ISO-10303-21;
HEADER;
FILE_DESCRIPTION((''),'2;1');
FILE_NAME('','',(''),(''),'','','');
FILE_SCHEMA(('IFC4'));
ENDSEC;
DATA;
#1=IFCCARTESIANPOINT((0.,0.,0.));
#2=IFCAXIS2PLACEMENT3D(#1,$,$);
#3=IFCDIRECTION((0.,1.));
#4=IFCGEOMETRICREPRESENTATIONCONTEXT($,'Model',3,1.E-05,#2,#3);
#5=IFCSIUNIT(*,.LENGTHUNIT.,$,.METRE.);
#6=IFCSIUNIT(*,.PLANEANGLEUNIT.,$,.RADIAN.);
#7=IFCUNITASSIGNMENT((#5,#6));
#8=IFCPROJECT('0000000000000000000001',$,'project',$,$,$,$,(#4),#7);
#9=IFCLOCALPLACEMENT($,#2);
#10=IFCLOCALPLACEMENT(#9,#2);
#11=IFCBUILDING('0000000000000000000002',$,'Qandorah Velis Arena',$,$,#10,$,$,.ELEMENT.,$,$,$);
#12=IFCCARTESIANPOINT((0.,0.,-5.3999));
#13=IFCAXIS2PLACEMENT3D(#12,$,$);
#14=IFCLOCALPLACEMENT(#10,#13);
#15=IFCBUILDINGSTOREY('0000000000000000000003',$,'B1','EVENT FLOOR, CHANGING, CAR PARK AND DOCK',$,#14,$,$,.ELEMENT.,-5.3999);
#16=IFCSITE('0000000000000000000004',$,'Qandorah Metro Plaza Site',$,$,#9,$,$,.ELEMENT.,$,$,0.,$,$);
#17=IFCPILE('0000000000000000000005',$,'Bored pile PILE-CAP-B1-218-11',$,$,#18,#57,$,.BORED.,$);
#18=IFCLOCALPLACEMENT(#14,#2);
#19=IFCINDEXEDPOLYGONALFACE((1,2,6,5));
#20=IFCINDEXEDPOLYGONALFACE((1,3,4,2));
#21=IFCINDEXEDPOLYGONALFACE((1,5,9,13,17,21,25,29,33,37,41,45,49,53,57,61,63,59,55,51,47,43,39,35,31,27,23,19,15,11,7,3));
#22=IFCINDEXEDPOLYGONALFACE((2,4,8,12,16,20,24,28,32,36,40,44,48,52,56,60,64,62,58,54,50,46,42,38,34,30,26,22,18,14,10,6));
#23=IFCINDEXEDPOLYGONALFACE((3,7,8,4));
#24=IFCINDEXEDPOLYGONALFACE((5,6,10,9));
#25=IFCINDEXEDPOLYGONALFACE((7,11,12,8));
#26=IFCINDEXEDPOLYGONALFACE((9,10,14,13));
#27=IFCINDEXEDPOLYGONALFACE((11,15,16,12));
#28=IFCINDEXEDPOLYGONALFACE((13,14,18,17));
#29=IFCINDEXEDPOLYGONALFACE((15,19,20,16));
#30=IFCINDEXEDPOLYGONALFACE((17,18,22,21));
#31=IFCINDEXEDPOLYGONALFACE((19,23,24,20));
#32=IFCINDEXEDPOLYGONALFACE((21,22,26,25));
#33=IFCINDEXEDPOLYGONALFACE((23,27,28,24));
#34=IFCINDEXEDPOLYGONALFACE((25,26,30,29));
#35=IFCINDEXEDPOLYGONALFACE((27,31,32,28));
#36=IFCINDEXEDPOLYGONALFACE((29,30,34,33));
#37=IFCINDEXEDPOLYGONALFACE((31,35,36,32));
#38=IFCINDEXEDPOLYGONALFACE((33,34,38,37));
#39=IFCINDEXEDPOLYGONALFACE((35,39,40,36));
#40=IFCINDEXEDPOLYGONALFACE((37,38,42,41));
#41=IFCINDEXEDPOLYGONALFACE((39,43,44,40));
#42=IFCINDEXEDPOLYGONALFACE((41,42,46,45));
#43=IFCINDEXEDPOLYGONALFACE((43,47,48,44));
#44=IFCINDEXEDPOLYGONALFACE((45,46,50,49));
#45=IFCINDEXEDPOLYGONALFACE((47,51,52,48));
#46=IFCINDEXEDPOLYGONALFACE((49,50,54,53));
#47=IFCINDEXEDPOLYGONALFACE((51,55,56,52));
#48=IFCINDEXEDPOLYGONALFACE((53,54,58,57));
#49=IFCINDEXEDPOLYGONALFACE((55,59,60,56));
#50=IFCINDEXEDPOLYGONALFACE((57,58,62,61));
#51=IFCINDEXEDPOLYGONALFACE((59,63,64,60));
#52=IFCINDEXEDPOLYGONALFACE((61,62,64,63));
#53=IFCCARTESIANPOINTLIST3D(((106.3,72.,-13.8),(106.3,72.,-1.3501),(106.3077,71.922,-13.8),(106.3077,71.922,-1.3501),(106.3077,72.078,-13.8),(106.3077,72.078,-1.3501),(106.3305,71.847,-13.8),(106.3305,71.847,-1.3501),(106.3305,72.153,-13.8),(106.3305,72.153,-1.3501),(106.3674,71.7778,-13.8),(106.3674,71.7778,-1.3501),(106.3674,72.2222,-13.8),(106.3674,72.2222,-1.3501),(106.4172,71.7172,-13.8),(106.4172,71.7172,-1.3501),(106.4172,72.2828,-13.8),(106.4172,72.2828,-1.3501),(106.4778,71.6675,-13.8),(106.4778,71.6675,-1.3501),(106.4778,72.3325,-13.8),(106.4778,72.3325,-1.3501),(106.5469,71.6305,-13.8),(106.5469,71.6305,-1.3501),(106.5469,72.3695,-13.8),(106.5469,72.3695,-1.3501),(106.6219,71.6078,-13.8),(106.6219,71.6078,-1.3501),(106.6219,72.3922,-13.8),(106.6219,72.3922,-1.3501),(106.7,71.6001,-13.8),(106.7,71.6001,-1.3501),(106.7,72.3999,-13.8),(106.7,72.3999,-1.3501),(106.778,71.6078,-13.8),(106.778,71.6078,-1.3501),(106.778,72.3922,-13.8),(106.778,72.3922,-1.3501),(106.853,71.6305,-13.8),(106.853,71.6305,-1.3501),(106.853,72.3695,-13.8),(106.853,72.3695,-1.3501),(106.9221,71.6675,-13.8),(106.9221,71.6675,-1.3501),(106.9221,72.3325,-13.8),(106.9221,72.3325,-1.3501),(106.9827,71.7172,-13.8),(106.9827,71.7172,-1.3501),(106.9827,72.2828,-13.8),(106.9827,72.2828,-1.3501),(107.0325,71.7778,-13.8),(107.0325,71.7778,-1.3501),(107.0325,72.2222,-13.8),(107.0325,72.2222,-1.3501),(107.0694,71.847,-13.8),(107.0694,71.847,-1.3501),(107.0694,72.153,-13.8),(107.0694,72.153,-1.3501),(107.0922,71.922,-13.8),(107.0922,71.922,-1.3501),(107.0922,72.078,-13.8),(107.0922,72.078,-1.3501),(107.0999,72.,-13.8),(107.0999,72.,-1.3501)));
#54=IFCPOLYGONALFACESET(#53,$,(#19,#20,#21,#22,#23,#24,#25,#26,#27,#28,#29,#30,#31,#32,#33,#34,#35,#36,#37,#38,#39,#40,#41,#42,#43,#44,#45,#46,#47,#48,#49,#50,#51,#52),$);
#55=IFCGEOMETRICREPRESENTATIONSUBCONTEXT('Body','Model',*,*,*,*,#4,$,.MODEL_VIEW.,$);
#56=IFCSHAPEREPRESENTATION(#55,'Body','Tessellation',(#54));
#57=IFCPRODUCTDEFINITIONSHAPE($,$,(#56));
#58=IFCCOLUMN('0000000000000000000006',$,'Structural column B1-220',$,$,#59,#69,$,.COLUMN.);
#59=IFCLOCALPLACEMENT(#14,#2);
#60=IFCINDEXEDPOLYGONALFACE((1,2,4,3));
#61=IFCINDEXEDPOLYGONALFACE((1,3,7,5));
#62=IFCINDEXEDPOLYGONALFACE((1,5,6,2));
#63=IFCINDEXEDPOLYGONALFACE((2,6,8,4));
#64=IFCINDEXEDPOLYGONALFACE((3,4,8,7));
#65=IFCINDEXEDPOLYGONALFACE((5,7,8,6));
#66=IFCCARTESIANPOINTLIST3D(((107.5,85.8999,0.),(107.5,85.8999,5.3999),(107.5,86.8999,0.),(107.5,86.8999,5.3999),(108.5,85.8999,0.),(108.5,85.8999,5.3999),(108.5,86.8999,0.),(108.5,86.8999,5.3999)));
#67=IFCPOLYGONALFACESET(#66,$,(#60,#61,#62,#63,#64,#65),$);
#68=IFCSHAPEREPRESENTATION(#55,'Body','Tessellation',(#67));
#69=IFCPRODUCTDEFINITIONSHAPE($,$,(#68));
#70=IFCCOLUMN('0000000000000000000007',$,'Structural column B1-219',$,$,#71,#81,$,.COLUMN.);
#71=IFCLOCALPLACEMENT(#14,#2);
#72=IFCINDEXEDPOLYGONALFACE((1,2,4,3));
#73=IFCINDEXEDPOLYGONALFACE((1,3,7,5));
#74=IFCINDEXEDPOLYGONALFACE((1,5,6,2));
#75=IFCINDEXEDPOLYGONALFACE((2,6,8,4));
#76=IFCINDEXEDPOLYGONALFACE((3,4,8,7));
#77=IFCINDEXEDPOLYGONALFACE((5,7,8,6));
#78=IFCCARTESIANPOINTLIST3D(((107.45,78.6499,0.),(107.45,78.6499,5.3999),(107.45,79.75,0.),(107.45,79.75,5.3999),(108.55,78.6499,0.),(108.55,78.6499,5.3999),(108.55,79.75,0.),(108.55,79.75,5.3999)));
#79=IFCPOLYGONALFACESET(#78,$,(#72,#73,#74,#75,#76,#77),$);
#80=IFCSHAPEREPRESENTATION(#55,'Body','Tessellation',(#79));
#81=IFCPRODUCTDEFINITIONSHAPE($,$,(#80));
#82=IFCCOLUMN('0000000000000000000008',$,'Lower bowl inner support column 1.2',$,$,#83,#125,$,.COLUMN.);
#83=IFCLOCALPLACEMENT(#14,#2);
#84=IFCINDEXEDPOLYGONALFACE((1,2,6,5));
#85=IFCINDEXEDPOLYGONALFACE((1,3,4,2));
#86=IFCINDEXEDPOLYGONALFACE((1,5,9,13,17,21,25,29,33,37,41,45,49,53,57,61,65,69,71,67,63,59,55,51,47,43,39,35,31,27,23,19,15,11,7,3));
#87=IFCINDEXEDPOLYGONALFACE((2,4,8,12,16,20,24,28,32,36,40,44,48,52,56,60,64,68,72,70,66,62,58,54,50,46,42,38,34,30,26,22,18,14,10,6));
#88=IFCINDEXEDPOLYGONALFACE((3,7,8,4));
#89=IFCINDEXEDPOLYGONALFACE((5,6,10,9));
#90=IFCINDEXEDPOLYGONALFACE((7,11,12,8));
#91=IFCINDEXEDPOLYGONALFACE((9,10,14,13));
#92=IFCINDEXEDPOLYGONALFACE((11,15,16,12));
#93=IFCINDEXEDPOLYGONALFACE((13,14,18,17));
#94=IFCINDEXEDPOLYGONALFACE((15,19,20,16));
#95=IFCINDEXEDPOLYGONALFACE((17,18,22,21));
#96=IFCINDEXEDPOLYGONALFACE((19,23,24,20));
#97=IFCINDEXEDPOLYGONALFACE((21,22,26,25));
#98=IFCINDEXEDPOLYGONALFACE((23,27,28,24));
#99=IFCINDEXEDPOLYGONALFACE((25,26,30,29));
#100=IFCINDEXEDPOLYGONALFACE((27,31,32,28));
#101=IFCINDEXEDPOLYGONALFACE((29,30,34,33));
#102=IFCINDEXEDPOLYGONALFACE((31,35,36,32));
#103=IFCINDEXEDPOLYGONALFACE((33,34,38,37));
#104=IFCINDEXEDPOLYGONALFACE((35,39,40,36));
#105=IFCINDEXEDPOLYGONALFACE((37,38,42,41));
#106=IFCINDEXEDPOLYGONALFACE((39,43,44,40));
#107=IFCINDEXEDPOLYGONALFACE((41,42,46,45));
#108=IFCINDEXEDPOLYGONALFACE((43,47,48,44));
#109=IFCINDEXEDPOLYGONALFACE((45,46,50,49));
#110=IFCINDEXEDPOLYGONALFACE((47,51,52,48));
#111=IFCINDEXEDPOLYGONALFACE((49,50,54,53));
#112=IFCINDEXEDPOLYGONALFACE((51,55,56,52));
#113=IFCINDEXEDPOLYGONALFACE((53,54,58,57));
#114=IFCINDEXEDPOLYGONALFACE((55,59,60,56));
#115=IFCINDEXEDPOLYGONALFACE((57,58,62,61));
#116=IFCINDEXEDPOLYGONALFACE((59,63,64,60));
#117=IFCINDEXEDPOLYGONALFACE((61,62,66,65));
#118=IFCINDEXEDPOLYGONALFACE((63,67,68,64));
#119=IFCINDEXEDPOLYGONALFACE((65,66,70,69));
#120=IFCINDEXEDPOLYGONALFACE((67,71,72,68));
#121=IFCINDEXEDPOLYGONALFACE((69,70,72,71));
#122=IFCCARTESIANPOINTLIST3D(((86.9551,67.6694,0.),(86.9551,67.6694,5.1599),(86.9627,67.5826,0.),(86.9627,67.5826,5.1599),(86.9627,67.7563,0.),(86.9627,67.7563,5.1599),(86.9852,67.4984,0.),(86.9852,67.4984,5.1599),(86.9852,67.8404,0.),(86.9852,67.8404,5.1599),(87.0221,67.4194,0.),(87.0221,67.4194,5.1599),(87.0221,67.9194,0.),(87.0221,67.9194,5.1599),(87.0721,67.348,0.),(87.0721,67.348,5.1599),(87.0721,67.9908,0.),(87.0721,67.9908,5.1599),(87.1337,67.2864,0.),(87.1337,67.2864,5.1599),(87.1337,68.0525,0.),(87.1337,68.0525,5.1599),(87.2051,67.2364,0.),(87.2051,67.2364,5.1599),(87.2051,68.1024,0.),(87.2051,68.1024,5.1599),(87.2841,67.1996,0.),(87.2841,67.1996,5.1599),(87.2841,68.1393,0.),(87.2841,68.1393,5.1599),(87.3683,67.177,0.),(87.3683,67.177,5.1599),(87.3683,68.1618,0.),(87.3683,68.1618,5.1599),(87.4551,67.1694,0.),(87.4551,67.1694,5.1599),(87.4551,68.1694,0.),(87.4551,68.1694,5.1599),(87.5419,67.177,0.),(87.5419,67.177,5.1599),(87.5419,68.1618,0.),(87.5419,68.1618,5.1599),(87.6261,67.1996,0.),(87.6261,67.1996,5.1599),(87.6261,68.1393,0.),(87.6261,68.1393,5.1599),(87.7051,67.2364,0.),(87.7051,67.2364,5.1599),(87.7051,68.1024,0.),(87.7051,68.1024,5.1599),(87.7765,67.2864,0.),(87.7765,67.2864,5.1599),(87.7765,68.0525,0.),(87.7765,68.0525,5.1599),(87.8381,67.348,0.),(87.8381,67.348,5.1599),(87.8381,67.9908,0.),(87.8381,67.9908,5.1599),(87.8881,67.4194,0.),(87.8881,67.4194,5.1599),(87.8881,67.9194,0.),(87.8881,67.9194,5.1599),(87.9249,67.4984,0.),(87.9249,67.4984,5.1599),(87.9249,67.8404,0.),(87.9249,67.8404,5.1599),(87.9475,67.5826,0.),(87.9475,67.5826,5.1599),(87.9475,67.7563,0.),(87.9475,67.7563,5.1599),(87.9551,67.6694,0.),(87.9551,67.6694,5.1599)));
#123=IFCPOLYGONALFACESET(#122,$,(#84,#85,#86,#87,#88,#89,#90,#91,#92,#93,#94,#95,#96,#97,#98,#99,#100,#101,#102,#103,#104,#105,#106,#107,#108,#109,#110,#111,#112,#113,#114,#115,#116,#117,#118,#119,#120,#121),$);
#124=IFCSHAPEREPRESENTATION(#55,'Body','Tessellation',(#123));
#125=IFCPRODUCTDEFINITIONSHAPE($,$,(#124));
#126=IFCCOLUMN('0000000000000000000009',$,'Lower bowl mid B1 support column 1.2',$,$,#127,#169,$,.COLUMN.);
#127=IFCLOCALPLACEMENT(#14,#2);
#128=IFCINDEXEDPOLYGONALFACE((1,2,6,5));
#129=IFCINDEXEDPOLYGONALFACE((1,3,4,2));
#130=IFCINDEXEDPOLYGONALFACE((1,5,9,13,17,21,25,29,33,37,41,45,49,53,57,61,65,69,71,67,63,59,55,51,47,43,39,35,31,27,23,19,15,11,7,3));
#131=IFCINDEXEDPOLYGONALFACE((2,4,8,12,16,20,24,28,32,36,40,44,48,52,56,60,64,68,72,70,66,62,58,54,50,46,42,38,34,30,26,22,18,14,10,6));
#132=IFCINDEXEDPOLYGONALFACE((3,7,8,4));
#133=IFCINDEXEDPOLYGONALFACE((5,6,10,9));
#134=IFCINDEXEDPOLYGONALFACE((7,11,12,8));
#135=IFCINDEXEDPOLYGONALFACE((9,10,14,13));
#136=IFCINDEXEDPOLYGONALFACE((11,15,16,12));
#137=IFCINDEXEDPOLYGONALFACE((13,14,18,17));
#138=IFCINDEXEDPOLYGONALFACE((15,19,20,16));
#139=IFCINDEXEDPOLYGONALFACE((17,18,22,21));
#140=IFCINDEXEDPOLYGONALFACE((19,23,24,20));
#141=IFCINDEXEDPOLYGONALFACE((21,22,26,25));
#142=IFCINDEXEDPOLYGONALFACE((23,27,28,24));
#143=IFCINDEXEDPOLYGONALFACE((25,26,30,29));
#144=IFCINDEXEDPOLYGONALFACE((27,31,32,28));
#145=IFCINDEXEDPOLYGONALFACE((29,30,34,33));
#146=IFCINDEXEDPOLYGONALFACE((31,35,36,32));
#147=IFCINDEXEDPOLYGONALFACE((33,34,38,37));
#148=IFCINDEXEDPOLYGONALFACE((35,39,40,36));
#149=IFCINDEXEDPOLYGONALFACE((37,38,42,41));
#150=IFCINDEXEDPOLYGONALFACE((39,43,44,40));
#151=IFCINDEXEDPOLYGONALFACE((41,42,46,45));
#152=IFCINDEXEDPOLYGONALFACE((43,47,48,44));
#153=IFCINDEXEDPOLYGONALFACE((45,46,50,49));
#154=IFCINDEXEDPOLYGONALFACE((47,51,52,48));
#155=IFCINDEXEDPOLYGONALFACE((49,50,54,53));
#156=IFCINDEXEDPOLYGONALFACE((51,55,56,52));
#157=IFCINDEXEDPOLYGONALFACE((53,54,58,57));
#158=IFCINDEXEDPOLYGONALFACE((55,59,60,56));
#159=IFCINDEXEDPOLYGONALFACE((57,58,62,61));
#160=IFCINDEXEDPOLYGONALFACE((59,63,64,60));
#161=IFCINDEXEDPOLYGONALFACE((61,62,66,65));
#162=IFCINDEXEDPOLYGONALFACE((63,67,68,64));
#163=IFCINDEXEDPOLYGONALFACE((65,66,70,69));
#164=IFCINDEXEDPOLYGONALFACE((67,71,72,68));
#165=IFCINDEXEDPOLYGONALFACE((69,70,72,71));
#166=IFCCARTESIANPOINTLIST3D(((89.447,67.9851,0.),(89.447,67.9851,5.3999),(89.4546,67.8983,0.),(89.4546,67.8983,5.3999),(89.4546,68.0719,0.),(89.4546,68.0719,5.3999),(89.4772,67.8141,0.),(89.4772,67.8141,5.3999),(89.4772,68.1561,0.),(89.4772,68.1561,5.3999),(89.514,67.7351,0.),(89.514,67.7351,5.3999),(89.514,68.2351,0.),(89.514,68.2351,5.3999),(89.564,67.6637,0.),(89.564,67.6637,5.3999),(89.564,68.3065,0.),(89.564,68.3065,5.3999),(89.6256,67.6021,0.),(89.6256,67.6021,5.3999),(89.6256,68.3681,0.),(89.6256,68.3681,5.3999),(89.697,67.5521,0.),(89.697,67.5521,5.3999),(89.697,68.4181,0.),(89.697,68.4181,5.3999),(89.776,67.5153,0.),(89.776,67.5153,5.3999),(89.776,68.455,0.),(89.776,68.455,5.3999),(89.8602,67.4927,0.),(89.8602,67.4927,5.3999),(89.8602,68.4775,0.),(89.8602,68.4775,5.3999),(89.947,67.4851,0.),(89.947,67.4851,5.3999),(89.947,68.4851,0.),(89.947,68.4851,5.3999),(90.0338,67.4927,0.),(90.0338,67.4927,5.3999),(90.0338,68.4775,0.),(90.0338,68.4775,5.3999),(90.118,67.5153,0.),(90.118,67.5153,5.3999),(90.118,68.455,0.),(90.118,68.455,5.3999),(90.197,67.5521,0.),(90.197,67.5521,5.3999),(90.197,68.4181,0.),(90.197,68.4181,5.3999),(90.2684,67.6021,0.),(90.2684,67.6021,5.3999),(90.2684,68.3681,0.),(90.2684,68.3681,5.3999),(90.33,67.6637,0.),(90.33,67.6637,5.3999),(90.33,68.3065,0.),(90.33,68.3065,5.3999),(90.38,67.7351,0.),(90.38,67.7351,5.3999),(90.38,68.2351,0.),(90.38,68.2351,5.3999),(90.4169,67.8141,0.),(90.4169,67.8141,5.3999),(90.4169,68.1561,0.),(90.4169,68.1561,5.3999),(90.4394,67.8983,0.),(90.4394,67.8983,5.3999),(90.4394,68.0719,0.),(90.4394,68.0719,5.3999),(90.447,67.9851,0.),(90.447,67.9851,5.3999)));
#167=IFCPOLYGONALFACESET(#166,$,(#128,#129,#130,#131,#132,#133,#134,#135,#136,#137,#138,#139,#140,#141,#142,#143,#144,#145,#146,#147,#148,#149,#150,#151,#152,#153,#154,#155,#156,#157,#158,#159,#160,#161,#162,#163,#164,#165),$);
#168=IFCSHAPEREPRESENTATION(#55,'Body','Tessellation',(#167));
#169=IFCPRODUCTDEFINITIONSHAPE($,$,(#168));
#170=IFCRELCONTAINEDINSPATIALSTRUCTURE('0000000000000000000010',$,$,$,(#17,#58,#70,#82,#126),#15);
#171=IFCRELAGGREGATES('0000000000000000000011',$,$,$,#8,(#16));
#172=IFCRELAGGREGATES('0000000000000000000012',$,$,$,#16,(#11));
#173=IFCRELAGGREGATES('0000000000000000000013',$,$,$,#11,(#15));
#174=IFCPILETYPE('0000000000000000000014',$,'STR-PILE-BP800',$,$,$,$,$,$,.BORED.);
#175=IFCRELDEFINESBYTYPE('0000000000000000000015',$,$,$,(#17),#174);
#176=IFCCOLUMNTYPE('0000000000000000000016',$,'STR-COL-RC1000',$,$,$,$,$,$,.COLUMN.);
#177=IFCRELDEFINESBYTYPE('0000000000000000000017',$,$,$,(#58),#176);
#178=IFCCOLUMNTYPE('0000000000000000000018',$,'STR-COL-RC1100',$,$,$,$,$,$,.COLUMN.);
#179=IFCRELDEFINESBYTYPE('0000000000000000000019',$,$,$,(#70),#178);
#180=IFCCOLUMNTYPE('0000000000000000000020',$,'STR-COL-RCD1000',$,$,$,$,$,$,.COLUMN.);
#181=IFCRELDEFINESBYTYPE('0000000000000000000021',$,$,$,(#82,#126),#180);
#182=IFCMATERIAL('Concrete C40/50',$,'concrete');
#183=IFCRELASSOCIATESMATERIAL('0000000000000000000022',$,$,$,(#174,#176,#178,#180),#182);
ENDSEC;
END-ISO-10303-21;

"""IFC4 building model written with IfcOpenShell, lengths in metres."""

from ifc_helpers import new_model, si_unit, direction, frame, origin, origin_2d, place, context, subcontext, project, spatial, rectangle, circle, extrude, material, material_profile, profile_set, type_object, element, save


model = new_model("IFC4")

# Units and contexts
model_context = context("Model", 3, precision=1e-05, world=origin(), true_north=direction((0.0, 1.0)))
body_context = subcontext(model_context, "Body", "Model", "MODEL_VIEW")
ifc_project = project(units=[si_unit("LENGTHUNIT", "METRE"), si_unit("PLANEANGLEUNIT", "RADIAN")], contexts=[model_context])

# Site, building, storey
site_placement = place(None, origin())
site = spatial("IfcSite", under=ifc_project, at=site_placement, Name="Qandorah Metro Plaza Site", CompositionType="ELEMENT", RefElevation=0.0)
building_placement = place(site_placement, origin())
building = spatial("IfcBuilding", under=site, at=building_placement, Name="Qandorah Velis Arena", CompositionType="ELEMENT")
storey_placement = place(building_placement, frame((0.0, 0.0, -5.3999)))
storey = spatial("IfcBuildingStorey", under=building, at=storey_placement, Name="B1", Description="EVENT FLOOR, CHANGING, CAR PARK AND DOCK", CompositionType="ELEMENT", Elevation=-5.3999)

# Shared definitions
ifc_material = material(Name="Concrete C40/50", Category="concrete")

# Pile
ifc_material_profile_1 = material_profile(ifc_material, circle(Radius=0.3999, at=origin_2d()), Name="BORED PILE D800")
ifc_profile_set_1 = profile_set([ifc_material_profile_1], Name="Concrete C40/50")
pile_type_1 = type_object("IfcPileType", Name="STR-PILE-BP800", PredefinedType="BORED", material=ifc_profile_set_1)
pile_1_placement = place(storey_placement, frame((106.7, 72.0, -1.3501), z_axis=(0.0, 0.0, -1.0), x_axis=(1.0, 0.0, 0.0)))
element("IfcPile", 1, at=pile_1_placement, inside=storey, type_object=pile_type_1, Name="Bored pile PILE-CAP-B1-218-11", PredefinedType="BORED", context=body_context, shape_type="SweptSolid", body=[
    extrude(circle(Radius=0.3999, at=origin_2d()), origin(), (0.0, 0.0, 1.0), 12.45),
])

# Columns
ifc_material_profile_2 = material_profile(ifc_material, rectangle(XDim=1.0, YDim=1.0, at=origin_2d()), Name="RC COL 1000x1000")
ifc_profile_set_2 = profile_set([ifc_material_profile_2], Name="Concrete C40/50")
column_type_1 = type_object("IfcColumnType", Name="STR-COL-RC1000", PredefinedType="COLUMN", material=ifc_profile_set_2)
column_1_placement = place(storey_placement, frame((108.0, 86.3999, 0.0), z_axis=(0.0, 0.0, 1.0), x_axis=(1.0, 0.0, 0.0)))
element("IfcColumn", 2, at=column_1_placement, inside=storey, type_object=column_type_1, Name="Structural column B1-220", PredefinedType="COLUMN", context=body_context, shape_type="SweptSolid", body=[
    extrude(rectangle(XDim=1.0, YDim=1.0, at=origin_2d()), origin(), (0.0, 0.0, 1.0), 5.3999),
])
ifc_material_profile_3 = material_profile(ifc_material, rectangle(XDim=1.1001, YDim=1.1001, at=origin_2d()), Name="RC COL 1100x1100")
ifc_profile_set_3 = profile_set([ifc_material_profile_3], Name="Concrete C40/50")
column_type_2 = type_object("IfcColumnType", Name="STR-COL-RC1100", PredefinedType="COLUMN", material=ifc_profile_set_3)
column_2_placement = place(storey_placement, frame((108.0, 79.2, 0.0), z_axis=(0.0, 0.0, 1.0), x_axis=(1.0, 0.0, 0.0)))
element("IfcColumn", 3, at=column_2_placement, inside=storey, type_object=column_type_2, Name="Structural column B1-219", PredefinedType="COLUMN", context=body_context, shape_type="SweptSolid", body=[
    extrude(rectangle(XDim=1.1001, YDim=1.1001, at=origin_2d()), origin(), (0.0, 0.0, 1.0), 5.3999),
])
ifc_material_profile_4 = material_profile(ifc_material, circle(Radius=0.5, at=origin_2d()), Name="RC D1000")
ifc_profile_set_4 = profile_set([ifc_material_profile_4], Name="Concrete C40/50")
column_type_3 = type_object("IfcColumnType", Name="STR-COL-RCD1000", PredefinedType="COLUMN", material=ifc_profile_set_4)
column_3_placement = place(storey_placement, frame((87.4551, 67.6694, 0.0), z_axis=(0.0, 0.0, 1.0), x_axis=(1.0, 0.0, 0.0)))
element("IfcColumn", 4, at=column_3_placement, inside=storey, type_object=column_type_3, Name="Lower bowl inner support column 1.2", PredefinedType="COLUMN", context=body_context, shape_type="SweptSolid", body=[
    extrude(circle(Radius=0.5, at=origin_2d()), origin(), (0.0, 0.0, 1.0), 5.1599),
])
for number, where, z_axis, x_axis, name in (
    (5, (89.947, 67.9851, 0.0), (0.0, 0.0, 1.0), (1.0, 0.0, 0.0), "Lower bowl mid B1 support column 1.2"),
):
    element("IfcColumn", number, at=place(storey_placement, frame(where, z_axis=z_axis, x_axis=x_axis)), inside=storey, type_object=column_type_3, Name=name, PredefinedType="COLUMN", context=body_context, shape_type="SweptSolid", body=[
        extrude(circle(Radius=0.5, at=origin_2d()), origin(), (0.0, 0.0, 1.0), 5.3999),
    ])

save(model, "model.ifc")
